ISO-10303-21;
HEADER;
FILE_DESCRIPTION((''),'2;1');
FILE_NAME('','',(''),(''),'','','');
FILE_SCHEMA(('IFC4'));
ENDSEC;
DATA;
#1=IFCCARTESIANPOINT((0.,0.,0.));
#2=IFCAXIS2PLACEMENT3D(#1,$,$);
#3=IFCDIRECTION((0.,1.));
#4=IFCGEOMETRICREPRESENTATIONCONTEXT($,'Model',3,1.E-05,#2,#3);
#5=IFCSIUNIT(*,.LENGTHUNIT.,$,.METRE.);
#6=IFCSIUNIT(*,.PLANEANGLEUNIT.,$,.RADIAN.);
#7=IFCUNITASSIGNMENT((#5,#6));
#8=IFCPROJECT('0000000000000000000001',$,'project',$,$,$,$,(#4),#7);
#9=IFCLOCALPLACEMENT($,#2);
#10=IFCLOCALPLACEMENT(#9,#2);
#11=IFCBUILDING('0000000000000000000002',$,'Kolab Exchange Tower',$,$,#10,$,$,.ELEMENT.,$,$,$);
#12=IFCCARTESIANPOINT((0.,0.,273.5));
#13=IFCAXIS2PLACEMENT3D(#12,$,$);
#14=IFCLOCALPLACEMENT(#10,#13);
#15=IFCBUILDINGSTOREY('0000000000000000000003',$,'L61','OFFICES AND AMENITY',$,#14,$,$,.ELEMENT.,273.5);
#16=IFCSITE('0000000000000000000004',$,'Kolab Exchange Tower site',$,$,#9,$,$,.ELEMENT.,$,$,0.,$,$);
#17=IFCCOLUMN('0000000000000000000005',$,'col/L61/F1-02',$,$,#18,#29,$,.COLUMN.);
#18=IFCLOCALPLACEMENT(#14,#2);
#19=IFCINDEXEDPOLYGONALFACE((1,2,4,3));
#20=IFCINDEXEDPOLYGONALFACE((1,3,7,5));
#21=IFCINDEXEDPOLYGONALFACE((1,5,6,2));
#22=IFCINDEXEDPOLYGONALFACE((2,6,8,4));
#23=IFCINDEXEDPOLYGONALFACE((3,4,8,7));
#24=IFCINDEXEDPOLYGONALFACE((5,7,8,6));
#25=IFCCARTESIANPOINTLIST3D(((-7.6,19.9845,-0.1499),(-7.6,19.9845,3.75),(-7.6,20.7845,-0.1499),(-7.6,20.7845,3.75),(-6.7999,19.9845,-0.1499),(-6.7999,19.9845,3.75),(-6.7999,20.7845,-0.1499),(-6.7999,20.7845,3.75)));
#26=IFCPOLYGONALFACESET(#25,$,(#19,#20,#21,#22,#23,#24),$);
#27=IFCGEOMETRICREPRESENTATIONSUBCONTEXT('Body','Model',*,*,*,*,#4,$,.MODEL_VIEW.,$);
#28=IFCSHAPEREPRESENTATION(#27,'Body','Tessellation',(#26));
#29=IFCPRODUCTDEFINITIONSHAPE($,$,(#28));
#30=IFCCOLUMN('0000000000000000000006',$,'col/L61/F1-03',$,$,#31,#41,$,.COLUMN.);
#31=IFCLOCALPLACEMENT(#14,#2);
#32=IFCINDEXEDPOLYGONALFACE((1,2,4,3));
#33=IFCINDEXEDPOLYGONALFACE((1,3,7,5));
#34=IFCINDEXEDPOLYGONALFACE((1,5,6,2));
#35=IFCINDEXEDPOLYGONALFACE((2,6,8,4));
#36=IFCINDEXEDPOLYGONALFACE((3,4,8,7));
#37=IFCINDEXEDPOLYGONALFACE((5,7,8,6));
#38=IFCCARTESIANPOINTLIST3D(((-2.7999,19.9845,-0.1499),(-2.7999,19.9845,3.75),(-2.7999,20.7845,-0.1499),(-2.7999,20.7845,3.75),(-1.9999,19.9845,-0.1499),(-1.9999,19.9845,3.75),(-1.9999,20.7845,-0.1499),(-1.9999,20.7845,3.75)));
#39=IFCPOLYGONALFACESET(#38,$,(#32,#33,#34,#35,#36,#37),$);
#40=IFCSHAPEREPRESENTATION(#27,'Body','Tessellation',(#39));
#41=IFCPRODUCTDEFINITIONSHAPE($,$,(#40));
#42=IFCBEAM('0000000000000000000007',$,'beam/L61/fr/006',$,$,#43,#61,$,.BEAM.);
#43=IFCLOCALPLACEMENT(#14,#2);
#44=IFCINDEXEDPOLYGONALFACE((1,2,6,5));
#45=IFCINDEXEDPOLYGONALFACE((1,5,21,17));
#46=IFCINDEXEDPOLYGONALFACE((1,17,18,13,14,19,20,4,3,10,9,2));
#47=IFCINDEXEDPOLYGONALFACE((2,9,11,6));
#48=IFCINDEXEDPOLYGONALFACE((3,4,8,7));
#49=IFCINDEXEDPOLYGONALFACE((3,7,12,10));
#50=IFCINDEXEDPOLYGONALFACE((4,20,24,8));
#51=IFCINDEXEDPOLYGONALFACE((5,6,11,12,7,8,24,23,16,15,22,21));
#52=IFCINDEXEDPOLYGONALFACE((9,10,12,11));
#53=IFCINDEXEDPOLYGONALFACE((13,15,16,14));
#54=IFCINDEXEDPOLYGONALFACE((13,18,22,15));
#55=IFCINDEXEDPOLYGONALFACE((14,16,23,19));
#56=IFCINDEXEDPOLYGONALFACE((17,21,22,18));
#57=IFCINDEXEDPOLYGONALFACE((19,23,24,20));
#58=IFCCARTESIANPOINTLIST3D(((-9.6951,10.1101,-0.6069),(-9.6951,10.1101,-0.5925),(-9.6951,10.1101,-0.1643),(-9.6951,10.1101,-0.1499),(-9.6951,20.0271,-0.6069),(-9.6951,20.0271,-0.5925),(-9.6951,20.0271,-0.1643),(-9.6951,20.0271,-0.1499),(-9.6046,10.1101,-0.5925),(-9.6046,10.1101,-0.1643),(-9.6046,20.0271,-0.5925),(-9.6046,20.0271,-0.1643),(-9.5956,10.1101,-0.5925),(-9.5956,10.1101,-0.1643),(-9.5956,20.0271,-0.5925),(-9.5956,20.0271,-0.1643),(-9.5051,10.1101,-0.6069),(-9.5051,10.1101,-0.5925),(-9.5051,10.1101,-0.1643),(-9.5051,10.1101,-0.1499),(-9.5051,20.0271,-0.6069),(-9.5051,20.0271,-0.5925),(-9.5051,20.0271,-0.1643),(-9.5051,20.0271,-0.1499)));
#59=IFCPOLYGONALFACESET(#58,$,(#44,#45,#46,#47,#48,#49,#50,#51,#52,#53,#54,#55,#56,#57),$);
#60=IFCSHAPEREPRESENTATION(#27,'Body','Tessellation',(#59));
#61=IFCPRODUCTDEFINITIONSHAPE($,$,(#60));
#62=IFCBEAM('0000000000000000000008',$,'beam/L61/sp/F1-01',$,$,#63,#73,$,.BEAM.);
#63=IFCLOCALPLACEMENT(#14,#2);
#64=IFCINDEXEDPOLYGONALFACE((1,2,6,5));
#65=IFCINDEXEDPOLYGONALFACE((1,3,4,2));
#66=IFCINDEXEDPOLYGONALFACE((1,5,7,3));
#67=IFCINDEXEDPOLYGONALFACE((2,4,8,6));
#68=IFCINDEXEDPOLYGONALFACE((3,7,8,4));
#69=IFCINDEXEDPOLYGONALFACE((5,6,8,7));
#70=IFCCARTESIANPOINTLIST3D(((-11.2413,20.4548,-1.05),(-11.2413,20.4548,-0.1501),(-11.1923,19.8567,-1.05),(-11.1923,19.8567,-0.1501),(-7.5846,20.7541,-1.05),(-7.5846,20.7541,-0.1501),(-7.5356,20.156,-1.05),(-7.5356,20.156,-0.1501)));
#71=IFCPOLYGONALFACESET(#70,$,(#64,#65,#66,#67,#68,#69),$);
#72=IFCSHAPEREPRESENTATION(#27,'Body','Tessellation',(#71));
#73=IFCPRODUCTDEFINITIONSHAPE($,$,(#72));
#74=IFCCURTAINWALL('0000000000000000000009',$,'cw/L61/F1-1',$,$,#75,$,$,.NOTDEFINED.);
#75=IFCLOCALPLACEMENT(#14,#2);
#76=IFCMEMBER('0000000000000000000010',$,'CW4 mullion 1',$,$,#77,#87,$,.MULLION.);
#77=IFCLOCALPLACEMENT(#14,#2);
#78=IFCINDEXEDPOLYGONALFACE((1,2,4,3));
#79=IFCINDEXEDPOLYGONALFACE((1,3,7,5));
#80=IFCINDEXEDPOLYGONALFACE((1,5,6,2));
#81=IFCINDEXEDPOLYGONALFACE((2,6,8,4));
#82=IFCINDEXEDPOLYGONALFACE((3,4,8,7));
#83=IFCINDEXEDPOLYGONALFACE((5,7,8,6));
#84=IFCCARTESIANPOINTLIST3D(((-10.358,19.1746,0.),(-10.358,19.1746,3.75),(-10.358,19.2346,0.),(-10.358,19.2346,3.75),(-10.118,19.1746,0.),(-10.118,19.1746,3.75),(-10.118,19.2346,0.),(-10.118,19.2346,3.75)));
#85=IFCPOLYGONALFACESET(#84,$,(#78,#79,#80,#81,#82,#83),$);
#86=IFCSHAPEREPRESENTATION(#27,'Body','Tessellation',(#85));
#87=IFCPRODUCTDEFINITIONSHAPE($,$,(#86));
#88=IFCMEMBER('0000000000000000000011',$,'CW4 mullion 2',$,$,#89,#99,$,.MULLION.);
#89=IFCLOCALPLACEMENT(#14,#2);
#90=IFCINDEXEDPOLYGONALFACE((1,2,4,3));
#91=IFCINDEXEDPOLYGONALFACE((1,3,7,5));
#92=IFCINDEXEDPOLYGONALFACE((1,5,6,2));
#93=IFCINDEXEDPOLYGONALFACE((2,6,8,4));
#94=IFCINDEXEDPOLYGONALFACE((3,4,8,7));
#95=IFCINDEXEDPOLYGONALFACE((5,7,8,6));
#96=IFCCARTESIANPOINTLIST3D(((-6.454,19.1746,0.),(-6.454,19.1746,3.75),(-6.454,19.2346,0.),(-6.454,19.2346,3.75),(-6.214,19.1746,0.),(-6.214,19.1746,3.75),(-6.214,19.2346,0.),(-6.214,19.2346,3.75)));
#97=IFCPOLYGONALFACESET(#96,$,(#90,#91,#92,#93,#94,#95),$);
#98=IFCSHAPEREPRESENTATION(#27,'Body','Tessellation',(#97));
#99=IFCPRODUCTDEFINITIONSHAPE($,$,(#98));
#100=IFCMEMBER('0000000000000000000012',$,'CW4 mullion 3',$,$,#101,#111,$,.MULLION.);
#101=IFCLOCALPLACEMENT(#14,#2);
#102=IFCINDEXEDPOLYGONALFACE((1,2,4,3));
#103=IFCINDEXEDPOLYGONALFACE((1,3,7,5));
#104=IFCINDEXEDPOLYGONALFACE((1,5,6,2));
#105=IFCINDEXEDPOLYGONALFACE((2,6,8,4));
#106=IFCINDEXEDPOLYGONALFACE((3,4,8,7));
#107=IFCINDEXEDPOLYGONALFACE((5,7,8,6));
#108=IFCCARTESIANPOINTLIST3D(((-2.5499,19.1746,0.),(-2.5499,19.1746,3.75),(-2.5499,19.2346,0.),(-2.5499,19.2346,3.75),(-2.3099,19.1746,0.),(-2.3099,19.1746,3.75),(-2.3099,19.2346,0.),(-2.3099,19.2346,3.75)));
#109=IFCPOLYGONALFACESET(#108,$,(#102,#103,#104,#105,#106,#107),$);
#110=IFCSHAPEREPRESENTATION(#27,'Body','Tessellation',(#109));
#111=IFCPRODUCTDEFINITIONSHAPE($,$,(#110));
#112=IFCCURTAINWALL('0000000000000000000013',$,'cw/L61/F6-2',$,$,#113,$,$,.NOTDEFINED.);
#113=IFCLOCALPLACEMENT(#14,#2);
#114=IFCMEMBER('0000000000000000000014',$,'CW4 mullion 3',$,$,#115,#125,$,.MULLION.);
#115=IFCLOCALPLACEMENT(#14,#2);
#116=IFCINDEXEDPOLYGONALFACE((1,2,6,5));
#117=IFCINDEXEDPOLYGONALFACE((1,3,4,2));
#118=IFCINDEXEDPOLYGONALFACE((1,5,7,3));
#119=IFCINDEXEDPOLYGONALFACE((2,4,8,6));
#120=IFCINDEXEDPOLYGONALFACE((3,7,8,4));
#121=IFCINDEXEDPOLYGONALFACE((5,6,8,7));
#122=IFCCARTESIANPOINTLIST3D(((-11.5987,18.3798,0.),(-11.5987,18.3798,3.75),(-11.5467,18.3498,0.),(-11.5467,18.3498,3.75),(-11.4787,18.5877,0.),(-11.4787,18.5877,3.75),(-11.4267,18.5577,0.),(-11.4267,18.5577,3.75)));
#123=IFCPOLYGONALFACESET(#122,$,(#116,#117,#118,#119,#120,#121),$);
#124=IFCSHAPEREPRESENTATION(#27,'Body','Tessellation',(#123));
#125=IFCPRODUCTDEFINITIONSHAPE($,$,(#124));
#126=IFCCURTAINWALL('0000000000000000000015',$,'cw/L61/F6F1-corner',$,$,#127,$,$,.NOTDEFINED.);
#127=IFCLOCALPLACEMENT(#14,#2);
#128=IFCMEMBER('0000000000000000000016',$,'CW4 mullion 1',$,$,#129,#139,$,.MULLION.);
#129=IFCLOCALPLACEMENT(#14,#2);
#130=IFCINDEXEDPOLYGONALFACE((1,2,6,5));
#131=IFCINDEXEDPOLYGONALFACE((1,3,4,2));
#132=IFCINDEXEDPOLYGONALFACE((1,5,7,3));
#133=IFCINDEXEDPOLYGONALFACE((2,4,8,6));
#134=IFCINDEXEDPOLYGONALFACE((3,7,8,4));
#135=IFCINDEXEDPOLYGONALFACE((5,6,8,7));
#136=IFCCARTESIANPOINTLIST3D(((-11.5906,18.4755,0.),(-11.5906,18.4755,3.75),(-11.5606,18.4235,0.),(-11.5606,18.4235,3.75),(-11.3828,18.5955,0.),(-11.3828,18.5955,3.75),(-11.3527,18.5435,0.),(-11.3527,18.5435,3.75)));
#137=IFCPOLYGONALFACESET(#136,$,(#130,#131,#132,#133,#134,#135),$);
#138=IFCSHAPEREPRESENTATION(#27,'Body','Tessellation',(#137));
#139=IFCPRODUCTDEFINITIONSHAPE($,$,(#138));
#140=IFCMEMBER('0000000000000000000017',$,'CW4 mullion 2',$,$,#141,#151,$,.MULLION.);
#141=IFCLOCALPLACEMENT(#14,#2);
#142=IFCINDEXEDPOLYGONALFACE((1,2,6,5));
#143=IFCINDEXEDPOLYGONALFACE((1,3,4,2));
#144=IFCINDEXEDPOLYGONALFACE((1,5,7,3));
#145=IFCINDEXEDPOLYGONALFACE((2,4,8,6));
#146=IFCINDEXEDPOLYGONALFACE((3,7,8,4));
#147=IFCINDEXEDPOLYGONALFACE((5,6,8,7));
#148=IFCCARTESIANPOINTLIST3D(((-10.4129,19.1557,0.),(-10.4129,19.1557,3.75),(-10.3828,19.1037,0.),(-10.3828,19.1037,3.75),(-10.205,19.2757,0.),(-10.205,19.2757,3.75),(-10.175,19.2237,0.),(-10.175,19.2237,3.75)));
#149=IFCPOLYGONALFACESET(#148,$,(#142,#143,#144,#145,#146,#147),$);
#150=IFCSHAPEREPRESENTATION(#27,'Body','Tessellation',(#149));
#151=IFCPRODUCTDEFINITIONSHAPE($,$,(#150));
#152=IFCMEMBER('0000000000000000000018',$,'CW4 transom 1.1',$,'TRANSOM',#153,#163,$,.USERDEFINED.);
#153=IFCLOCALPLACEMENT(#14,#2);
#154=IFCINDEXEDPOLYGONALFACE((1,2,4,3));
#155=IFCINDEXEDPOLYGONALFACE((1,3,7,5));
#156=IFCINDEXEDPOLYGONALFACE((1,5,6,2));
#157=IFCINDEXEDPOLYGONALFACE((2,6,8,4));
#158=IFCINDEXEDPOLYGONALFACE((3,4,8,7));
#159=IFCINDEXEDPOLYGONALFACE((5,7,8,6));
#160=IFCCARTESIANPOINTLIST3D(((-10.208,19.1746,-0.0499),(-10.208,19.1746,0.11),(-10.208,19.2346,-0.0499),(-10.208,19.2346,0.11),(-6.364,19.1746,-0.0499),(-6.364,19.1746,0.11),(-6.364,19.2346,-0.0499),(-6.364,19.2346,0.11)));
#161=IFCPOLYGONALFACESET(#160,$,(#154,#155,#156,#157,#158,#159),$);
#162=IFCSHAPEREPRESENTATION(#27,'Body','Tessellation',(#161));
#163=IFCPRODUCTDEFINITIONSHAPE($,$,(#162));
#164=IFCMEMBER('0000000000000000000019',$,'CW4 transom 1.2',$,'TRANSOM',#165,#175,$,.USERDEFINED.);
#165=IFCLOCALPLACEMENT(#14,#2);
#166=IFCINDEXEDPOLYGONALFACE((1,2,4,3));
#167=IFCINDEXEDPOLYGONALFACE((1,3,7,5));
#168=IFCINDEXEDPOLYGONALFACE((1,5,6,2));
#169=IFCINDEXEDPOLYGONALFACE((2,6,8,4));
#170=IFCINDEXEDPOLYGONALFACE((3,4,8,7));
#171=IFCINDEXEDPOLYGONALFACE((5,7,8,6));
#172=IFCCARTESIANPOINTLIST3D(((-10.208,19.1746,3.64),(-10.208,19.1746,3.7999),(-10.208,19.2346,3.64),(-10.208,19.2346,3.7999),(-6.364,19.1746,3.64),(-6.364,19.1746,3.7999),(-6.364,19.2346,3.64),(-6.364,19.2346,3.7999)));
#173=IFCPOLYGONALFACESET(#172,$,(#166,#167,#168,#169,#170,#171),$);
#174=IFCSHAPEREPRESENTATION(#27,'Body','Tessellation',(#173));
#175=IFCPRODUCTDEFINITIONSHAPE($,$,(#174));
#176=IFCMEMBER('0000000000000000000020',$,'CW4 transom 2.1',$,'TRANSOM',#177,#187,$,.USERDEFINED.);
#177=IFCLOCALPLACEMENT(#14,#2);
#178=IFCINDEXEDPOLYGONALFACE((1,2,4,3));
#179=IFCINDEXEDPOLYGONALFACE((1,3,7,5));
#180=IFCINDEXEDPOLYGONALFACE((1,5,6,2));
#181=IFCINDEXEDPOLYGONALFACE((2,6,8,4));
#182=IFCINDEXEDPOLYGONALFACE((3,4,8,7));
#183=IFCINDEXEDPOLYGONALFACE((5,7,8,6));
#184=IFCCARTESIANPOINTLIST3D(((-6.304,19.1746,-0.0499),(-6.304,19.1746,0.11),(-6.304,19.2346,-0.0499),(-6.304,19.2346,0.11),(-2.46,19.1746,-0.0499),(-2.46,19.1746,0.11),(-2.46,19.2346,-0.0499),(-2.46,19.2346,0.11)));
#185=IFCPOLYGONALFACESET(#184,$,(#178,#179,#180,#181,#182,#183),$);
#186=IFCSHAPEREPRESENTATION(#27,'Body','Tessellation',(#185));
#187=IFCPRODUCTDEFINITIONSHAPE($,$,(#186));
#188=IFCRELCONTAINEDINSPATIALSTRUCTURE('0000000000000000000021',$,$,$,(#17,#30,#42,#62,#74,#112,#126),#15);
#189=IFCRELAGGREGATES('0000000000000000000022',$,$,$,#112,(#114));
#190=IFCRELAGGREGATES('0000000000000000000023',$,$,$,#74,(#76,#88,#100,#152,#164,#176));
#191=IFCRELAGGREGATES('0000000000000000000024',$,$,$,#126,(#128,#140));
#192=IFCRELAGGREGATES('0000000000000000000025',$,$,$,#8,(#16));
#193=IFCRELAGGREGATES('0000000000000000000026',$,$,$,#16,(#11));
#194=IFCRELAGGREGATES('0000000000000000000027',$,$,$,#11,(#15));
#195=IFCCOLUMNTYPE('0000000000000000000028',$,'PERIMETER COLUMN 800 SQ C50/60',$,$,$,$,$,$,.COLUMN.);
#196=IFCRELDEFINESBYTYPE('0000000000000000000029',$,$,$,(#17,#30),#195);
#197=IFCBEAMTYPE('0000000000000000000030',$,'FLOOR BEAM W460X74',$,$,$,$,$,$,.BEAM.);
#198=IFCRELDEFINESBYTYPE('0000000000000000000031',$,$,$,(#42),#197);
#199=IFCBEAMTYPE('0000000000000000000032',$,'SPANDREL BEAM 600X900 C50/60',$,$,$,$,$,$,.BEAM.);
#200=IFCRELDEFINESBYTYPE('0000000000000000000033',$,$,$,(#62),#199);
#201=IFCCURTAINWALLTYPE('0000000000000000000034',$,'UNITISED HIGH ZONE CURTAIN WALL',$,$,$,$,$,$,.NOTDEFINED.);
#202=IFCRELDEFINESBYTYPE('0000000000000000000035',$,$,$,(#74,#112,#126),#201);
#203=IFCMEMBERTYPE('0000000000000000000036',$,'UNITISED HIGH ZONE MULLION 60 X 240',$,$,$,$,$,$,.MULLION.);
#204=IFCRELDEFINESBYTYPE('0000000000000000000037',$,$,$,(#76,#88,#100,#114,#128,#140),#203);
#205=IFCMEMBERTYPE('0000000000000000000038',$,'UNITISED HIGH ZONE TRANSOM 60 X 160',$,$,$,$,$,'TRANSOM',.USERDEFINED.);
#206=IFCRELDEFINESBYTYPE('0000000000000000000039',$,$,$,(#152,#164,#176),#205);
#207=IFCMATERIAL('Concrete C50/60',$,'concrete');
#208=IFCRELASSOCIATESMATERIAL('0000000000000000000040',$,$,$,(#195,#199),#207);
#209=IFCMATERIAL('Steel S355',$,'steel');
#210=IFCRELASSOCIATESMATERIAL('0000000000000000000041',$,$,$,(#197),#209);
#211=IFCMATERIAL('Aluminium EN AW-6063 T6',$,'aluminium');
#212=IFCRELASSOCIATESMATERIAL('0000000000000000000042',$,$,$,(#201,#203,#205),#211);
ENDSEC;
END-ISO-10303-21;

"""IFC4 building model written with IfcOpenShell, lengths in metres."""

from ifc_helpers import new_model, si_unit, direction, frame, origin, origin_2d, place, context, subcontext, project, spatial, rectangle, i_section, extrude, material, material_profile, profile_set, type_object, element, aggregate, save


model = new_model("IFC4")

# Units and contexts
model_context = context("Model", 3, precision=1e-05, world=origin(), true_north=direction((0.0, 1.0)))
body_context = subcontext(model_context, "Body", "Model", "MODEL_VIEW")
ifc_project = project(units=[si_unit("LENGTHUNIT", "METRE"), si_unit("PLANEANGLEUNIT", "RADIAN")], contexts=[model_context])

# Site, building, storey
site_placement = place(None, origin())
site = spatial("IfcSite", under=ifc_project, at=site_placement, Name="Kolab Exchange Tower site", CompositionType="ELEMENT", RefElevation=0.0)
building_placement = place(site_placement, origin())
building = spatial("IfcBuilding", under=site, at=building_placement, Name="Kolab Exchange Tower", CompositionType="ELEMENT")
storey_placement = place(building_placement, frame((0.0, 0.0, 273.5)))
storey = spatial("IfcBuildingStorey", under=building, at=storey_placement, Name="L61", Description="OFFICES AND AMENITY", CompositionType="ELEMENT", Elevation=273.5)

# Columns
ifc_material_1 = material(Name="Concrete C50/60", Category="concrete")
ifc_material_profile_1 = material_profile(ifc_material_1, rectangle(XDim=0.8, YDim=0.8, at=origin_2d()), Name="RC800")
ifc_profile_set_1 = profile_set([ifc_material_profile_1], Name="Concrete C50/60")
column_type = type_object("IfcColumnType", Name="PERIMETER COLUMN 800 SQ C50/60", PredefinedType="COLUMN", material=ifc_profile_set_1)
for number, where, z_axis, x_axis, name in (
    (1, (-7.2, 20.3845, -0.1499), (0.0, 0.0, 1.0), (1.0, 0.0, 0.0), "col/L61/F1-02"),
    (2, (-2.3999, 20.3845, -0.1499), (0.0, 0.0, 1.0), (1.0, 0.0, 0.0), "col/L61/F1-03"),
):
    element("IfcColumn", number, at=place(storey_placement, frame(where, z_axis=z_axis, x_axis=x_axis)), inside=storey, type_object=column_type, Name=name, PredefinedType="COLUMN", context=body_context, shape_type="SweptSolid", body=[
        extrude(rectangle(XDim=0.8, YDim=0.8, at=origin_2d()), origin(), (0.0, 0.0, 1.0), 3.8999),
    ])

# Beams
ifc_material_2 = material(Name="Steel S355", Category="steel")
ifc_material_profile_2 = material_profile(ifc_material_2, i_section(OverallWidth=0.1899, OverallDepth=0.457, WebThickness=0.009, FlangeThickness=0.0144, at=origin_2d()), Name="W460X74")
ifc_profile_set_2 = profile_set([ifc_material_profile_2], Name="Steel S355")
beam_type_1 = type_object("IfcBeamType", Name="FLOOR BEAM W460X74", PredefinedType="BEAM", material=ifc_profile_set_2)
beam_1_placement = place(storey_placement, frame((-9.6001, 10.1101, -0.3784), z_axis=(0.0, 1.0, 0.0), x_axis=(-1.0, 0.0, 0.0)))
element("IfcBeam", 3, at=beam_1_placement, inside=storey, type_object=beam_type_1, Name="beam/L61/fr/006", PredefinedType="BEAM", context=body_context, shape_type="SweptSolid", body=[
    extrude(i_section(OverallWidth=0.1899, OverallDepth=0.457, WebThickness=0.009, FlangeThickness=0.0144, at=origin_2d()), origin(), (0.0, 0.0, 1.0), 9.917),
])
ifc_material_profile_3 = material_profile(ifc_material_1, rectangle(XDim=0.6001, YDim=0.8999, at=origin_2d()), Name="RC600X900")
ifc_profile_set_3 = profile_set([ifc_material_profile_3], Name="Concrete C50/60")
beam_type_2 = type_object("IfcBeamType", Name="SPANDREL BEAM 600X900 C50/60", PredefinedType="BEAM", material=ifc_profile_set_3)
beam_2_placement = place(storey_placement, frame((-11.2168, 20.1558, -0.6001), z_axis=(0.996667, 0.081581, 0.0), x_axis=(-0.081581, 0.996667, 0.0)))
element("IfcBeam", 4, at=beam_2_placement, inside=storey, type_object=beam_type_2, Name="beam/L61/sp/F1-01", PredefinedType="BEAM", context=body_context, shape_type="SweptSolid", body=[
    extrude(rectangle(XDim=0.6001, YDim=0.8999, at=origin_2d()), origin(), (0.0, 0.0, 1.0), 3.6689),
])

# Curtain wall, members
ifc_material_3 = material(Name="Aluminium EN AW-6063 T6", Category="aluminium")
curtain_wall_type = type_object("IfcCurtainWallType", Name="UNITISED HIGH ZONE CURTAIN WALL", PredefinedType="NOTDEFINED", material=ifc_material_3)
curtain_wall_1_placement = place(storey_placement, origin())
curtain_wall_1 = element("IfcCurtainWall", 5, at=curtain_wall_1_placement, inside=storey, type_object=curtain_wall_type, Name="cw/L61/F1-1", PredefinedType="NOTDEFINED")
ifc_material_profile_4 = material_profile(ifc_material_3, rectangle(XDim=0.0601, YDim=0.24, at=origin_2d()), Name="RECT 60X240")
ifc_profile_set_4 = profile_set([ifc_material_profile_4], Name="Aluminium EN AW-6063 T6")
member_type_1 = type_object("IfcMemberType", Name="UNITISED HIGH ZONE MULLION 60 X 240", PredefinedType="MULLION", material=ifc_profile_set_4)
member_1_placement = place(storey_placement, frame((-10.238, 19.2046, 0.0), z_axis=(0.0, 0.0, 1.0), x_axis=(0.0, 1.0, 0.0)))
member_1 = element("IfcMember", 6, at=member_1_placement, type_object=member_type_1, Name="CW4 mullion 1", PredefinedType="MULLION", context=body_context, shape_type="SweptSolid", body=[
    extrude(rectangle(XDim=0.0601, YDim=0.24, at=origin_2d()), origin(), (0.0, 0.0, 1.0), 3.75),
])
member_2_placement = place(storey_placement, frame((-6.334, 19.2046, 0.0), z_axis=(0.0, 0.0, 1.0), x_axis=(0.0, 1.0, 0.0)))
member_2 = element("IfcMember", 7, at=member_2_placement, type_object=member_type_1, Name="CW4 mullion 2", PredefinedType="MULLION", context=body_context, shape_type="SweptSolid", body=[
    extrude(rectangle(XDim=0.0601, YDim=0.24, at=origin_2d()), origin(), (0.0, 0.0, 1.0), 3.75),
])
member_3_placement = place(storey_placement, frame((-2.4299, 19.2046, 0.0), z_axis=(0.0, 0.0, 1.0), x_axis=(0.0, 1.0, 0.0)))
member_3 = element("IfcMember", 8, at=member_3_placement, type_object=member_type_1, Name="CW4 mullion 3", PredefinedType="MULLION", context=body_context, shape_type="SweptSolid", body=[
    extrude(rectangle(XDim=0.0601, YDim=0.24, at=origin_2d()), origin(), (0.0, 0.0, 1.0), 3.75),
])

# Curtain wall, member
curtain_wall_2_placement = place(storey_placement, origin())
curtain_wall_2 = element("IfcCurtainWall", 9, at=curtain_wall_2_placement, inside=storey, type_object=curtain_wall_type, Name="cw/L61/F6-2", PredefinedType="NOTDEFINED")
member_4_placement = place(storey_placement, frame((-11.5127, 18.4688, 0.0), z_axis=(0.0, 0.0, 1.0), x_axis=(-0.866025, 0.5, 0.0)))
member_4 = element("IfcMember", 10, at=member_4_placement, type_object=member_type_1, Name="CW4 mullion 3", PredefinedType="MULLION", context=body_context, shape_type="SweptSolid", body=[
    extrude(rectangle(XDim=0.0601, YDim=0.24, at=origin_2d()), origin(), (0.0, 0.0, 1.0), 3.75),
])
aggregate(curtain_wall_2, [member_4])

# Curtain wall, members
curtain_wall_3_placement = place(storey_placement, origin())
curtain_wall_3 = element("IfcCurtainWall", 11, at=curtain_wall_3_placement, inside=storey, type_object=curtain_wall_type, Name="cw/L61/F6F1-corner", PredefinedType="NOTDEFINED")
member_5_placement = place(storey_placement, frame((-11.4717, 18.5095, 0.0), z_axis=(0.0, 0.0, 1.0), x_axis=(-0.5, 0.866025, 0.0)))
member_5 = element("IfcMember", 12, at=member_5_placement, type_object=member_type_1, Name="CW4 mullion 1", PredefinedType="MULLION", context=body_context, shape_type="SweptSolid", body=[
    extrude(rectangle(XDim=0.0601, YDim=0.24, at=origin_2d()), origin(), (0.0, 0.0, 1.0), 3.75),
])
member_6_placement = place(storey_placement, frame((-10.2939, 19.1897, 0.0), z_axis=(0.0, 0.0, 1.0), x_axis=(-0.5, 0.866025, 0.0)))
member_6 = element("IfcMember", 13, at=member_6_placement, type_object=member_type_1, Name="CW4 mullion 2", PredefinedType="MULLION", context=body_context, shape_type="SweptSolid", body=[
    extrude(rectangle(XDim=0.0601, YDim=0.24, at=origin_2d()), origin(), (0.0, 0.0, 1.0), 3.75),
])

# Members
ifc_material_profile_5 = material_profile(ifc_material_3, rectangle(XDim=0.0601, YDim=0.1599, at=origin_2d()), Name="RECT 60X160")
ifc_profile_set_5 = profile_set([ifc_material_profile_5], Name="Aluminium EN AW-6063 T6")
member_type_2 = type_object("IfcMemberType", Name="UNITISED HIGH ZONE TRANSOM 60 X 160", ElementType="TRANSOM", PredefinedType="USERDEFINED", material=ifc_profile_set_5)
member_7_placement = place(storey_placement, frame((-10.208, 19.2046, 0.03), z_axis=(1.0, 0.0, 0.0), x_axis=(0.0, 1.0, 0.0)))
member_7 = element("IfcMember", 14, at=member_7_placement, type_object=member_type_2, Name="CW4 transom 1.1", ObjectType="TRANSOM", PredefinedType="USERDEFINED", context=body_context, shape_type="SweptSolid", body=[
    extrude(rectangle(XDim=0.0601, YDim=0.1599, at=origin_2d()), origin(), (0.0, 0.0, 1.0), 3.844),
])
member_8_placement = place(storey_placement, frame((-10.208, 19.2046, 3.72), z_axis=(1.0, 0.0, 0.0), x_axis=(0.0, 1.0, 0.0)))
member_8 = element("IfcMember", 15, at=member_8_placement, type_object=member_type_2, Name="CW4 transom 1.2", ObjectType="TRANSOM", PredefinedType="USERDEFINED", context=body_context, shape_type="SweptSolid", body=[
    extrude(rectangle(XDim=0.0601, YDim=0.1599, at=origin_2d()), origin(), (0.0, 0.0, 1.0), 3.844),
])
member_9_placement = place(storey_placement, frame((-6.304, 19.2046, 0.03), z_axis=(1.0, 0.0, 0.0), x_axis=(0.0, 1.0, 0.0)))
member_9 = element("IfcMember", 16, at=member_9_placement, type_object=member_type_2, Name="CW4 transom 2.1", ObjectType="TRANSOM", PredefinedType="USERDEFINED", context=body_context, shape_type="SweptSolid", body=[
    extrude(rectangle(XDim=0.0601, YDim=0.1599, at=origin_2d()), origin(), (0.0, 0.0, 1.0), 3.844),
])

aggregate(curtain_wall_1, [member_1, member_2, member_3, member_7, member_8, member_9])
aggregate(curtain_wall_3, [member_5, member_6])

save(model, "model.ifc")
